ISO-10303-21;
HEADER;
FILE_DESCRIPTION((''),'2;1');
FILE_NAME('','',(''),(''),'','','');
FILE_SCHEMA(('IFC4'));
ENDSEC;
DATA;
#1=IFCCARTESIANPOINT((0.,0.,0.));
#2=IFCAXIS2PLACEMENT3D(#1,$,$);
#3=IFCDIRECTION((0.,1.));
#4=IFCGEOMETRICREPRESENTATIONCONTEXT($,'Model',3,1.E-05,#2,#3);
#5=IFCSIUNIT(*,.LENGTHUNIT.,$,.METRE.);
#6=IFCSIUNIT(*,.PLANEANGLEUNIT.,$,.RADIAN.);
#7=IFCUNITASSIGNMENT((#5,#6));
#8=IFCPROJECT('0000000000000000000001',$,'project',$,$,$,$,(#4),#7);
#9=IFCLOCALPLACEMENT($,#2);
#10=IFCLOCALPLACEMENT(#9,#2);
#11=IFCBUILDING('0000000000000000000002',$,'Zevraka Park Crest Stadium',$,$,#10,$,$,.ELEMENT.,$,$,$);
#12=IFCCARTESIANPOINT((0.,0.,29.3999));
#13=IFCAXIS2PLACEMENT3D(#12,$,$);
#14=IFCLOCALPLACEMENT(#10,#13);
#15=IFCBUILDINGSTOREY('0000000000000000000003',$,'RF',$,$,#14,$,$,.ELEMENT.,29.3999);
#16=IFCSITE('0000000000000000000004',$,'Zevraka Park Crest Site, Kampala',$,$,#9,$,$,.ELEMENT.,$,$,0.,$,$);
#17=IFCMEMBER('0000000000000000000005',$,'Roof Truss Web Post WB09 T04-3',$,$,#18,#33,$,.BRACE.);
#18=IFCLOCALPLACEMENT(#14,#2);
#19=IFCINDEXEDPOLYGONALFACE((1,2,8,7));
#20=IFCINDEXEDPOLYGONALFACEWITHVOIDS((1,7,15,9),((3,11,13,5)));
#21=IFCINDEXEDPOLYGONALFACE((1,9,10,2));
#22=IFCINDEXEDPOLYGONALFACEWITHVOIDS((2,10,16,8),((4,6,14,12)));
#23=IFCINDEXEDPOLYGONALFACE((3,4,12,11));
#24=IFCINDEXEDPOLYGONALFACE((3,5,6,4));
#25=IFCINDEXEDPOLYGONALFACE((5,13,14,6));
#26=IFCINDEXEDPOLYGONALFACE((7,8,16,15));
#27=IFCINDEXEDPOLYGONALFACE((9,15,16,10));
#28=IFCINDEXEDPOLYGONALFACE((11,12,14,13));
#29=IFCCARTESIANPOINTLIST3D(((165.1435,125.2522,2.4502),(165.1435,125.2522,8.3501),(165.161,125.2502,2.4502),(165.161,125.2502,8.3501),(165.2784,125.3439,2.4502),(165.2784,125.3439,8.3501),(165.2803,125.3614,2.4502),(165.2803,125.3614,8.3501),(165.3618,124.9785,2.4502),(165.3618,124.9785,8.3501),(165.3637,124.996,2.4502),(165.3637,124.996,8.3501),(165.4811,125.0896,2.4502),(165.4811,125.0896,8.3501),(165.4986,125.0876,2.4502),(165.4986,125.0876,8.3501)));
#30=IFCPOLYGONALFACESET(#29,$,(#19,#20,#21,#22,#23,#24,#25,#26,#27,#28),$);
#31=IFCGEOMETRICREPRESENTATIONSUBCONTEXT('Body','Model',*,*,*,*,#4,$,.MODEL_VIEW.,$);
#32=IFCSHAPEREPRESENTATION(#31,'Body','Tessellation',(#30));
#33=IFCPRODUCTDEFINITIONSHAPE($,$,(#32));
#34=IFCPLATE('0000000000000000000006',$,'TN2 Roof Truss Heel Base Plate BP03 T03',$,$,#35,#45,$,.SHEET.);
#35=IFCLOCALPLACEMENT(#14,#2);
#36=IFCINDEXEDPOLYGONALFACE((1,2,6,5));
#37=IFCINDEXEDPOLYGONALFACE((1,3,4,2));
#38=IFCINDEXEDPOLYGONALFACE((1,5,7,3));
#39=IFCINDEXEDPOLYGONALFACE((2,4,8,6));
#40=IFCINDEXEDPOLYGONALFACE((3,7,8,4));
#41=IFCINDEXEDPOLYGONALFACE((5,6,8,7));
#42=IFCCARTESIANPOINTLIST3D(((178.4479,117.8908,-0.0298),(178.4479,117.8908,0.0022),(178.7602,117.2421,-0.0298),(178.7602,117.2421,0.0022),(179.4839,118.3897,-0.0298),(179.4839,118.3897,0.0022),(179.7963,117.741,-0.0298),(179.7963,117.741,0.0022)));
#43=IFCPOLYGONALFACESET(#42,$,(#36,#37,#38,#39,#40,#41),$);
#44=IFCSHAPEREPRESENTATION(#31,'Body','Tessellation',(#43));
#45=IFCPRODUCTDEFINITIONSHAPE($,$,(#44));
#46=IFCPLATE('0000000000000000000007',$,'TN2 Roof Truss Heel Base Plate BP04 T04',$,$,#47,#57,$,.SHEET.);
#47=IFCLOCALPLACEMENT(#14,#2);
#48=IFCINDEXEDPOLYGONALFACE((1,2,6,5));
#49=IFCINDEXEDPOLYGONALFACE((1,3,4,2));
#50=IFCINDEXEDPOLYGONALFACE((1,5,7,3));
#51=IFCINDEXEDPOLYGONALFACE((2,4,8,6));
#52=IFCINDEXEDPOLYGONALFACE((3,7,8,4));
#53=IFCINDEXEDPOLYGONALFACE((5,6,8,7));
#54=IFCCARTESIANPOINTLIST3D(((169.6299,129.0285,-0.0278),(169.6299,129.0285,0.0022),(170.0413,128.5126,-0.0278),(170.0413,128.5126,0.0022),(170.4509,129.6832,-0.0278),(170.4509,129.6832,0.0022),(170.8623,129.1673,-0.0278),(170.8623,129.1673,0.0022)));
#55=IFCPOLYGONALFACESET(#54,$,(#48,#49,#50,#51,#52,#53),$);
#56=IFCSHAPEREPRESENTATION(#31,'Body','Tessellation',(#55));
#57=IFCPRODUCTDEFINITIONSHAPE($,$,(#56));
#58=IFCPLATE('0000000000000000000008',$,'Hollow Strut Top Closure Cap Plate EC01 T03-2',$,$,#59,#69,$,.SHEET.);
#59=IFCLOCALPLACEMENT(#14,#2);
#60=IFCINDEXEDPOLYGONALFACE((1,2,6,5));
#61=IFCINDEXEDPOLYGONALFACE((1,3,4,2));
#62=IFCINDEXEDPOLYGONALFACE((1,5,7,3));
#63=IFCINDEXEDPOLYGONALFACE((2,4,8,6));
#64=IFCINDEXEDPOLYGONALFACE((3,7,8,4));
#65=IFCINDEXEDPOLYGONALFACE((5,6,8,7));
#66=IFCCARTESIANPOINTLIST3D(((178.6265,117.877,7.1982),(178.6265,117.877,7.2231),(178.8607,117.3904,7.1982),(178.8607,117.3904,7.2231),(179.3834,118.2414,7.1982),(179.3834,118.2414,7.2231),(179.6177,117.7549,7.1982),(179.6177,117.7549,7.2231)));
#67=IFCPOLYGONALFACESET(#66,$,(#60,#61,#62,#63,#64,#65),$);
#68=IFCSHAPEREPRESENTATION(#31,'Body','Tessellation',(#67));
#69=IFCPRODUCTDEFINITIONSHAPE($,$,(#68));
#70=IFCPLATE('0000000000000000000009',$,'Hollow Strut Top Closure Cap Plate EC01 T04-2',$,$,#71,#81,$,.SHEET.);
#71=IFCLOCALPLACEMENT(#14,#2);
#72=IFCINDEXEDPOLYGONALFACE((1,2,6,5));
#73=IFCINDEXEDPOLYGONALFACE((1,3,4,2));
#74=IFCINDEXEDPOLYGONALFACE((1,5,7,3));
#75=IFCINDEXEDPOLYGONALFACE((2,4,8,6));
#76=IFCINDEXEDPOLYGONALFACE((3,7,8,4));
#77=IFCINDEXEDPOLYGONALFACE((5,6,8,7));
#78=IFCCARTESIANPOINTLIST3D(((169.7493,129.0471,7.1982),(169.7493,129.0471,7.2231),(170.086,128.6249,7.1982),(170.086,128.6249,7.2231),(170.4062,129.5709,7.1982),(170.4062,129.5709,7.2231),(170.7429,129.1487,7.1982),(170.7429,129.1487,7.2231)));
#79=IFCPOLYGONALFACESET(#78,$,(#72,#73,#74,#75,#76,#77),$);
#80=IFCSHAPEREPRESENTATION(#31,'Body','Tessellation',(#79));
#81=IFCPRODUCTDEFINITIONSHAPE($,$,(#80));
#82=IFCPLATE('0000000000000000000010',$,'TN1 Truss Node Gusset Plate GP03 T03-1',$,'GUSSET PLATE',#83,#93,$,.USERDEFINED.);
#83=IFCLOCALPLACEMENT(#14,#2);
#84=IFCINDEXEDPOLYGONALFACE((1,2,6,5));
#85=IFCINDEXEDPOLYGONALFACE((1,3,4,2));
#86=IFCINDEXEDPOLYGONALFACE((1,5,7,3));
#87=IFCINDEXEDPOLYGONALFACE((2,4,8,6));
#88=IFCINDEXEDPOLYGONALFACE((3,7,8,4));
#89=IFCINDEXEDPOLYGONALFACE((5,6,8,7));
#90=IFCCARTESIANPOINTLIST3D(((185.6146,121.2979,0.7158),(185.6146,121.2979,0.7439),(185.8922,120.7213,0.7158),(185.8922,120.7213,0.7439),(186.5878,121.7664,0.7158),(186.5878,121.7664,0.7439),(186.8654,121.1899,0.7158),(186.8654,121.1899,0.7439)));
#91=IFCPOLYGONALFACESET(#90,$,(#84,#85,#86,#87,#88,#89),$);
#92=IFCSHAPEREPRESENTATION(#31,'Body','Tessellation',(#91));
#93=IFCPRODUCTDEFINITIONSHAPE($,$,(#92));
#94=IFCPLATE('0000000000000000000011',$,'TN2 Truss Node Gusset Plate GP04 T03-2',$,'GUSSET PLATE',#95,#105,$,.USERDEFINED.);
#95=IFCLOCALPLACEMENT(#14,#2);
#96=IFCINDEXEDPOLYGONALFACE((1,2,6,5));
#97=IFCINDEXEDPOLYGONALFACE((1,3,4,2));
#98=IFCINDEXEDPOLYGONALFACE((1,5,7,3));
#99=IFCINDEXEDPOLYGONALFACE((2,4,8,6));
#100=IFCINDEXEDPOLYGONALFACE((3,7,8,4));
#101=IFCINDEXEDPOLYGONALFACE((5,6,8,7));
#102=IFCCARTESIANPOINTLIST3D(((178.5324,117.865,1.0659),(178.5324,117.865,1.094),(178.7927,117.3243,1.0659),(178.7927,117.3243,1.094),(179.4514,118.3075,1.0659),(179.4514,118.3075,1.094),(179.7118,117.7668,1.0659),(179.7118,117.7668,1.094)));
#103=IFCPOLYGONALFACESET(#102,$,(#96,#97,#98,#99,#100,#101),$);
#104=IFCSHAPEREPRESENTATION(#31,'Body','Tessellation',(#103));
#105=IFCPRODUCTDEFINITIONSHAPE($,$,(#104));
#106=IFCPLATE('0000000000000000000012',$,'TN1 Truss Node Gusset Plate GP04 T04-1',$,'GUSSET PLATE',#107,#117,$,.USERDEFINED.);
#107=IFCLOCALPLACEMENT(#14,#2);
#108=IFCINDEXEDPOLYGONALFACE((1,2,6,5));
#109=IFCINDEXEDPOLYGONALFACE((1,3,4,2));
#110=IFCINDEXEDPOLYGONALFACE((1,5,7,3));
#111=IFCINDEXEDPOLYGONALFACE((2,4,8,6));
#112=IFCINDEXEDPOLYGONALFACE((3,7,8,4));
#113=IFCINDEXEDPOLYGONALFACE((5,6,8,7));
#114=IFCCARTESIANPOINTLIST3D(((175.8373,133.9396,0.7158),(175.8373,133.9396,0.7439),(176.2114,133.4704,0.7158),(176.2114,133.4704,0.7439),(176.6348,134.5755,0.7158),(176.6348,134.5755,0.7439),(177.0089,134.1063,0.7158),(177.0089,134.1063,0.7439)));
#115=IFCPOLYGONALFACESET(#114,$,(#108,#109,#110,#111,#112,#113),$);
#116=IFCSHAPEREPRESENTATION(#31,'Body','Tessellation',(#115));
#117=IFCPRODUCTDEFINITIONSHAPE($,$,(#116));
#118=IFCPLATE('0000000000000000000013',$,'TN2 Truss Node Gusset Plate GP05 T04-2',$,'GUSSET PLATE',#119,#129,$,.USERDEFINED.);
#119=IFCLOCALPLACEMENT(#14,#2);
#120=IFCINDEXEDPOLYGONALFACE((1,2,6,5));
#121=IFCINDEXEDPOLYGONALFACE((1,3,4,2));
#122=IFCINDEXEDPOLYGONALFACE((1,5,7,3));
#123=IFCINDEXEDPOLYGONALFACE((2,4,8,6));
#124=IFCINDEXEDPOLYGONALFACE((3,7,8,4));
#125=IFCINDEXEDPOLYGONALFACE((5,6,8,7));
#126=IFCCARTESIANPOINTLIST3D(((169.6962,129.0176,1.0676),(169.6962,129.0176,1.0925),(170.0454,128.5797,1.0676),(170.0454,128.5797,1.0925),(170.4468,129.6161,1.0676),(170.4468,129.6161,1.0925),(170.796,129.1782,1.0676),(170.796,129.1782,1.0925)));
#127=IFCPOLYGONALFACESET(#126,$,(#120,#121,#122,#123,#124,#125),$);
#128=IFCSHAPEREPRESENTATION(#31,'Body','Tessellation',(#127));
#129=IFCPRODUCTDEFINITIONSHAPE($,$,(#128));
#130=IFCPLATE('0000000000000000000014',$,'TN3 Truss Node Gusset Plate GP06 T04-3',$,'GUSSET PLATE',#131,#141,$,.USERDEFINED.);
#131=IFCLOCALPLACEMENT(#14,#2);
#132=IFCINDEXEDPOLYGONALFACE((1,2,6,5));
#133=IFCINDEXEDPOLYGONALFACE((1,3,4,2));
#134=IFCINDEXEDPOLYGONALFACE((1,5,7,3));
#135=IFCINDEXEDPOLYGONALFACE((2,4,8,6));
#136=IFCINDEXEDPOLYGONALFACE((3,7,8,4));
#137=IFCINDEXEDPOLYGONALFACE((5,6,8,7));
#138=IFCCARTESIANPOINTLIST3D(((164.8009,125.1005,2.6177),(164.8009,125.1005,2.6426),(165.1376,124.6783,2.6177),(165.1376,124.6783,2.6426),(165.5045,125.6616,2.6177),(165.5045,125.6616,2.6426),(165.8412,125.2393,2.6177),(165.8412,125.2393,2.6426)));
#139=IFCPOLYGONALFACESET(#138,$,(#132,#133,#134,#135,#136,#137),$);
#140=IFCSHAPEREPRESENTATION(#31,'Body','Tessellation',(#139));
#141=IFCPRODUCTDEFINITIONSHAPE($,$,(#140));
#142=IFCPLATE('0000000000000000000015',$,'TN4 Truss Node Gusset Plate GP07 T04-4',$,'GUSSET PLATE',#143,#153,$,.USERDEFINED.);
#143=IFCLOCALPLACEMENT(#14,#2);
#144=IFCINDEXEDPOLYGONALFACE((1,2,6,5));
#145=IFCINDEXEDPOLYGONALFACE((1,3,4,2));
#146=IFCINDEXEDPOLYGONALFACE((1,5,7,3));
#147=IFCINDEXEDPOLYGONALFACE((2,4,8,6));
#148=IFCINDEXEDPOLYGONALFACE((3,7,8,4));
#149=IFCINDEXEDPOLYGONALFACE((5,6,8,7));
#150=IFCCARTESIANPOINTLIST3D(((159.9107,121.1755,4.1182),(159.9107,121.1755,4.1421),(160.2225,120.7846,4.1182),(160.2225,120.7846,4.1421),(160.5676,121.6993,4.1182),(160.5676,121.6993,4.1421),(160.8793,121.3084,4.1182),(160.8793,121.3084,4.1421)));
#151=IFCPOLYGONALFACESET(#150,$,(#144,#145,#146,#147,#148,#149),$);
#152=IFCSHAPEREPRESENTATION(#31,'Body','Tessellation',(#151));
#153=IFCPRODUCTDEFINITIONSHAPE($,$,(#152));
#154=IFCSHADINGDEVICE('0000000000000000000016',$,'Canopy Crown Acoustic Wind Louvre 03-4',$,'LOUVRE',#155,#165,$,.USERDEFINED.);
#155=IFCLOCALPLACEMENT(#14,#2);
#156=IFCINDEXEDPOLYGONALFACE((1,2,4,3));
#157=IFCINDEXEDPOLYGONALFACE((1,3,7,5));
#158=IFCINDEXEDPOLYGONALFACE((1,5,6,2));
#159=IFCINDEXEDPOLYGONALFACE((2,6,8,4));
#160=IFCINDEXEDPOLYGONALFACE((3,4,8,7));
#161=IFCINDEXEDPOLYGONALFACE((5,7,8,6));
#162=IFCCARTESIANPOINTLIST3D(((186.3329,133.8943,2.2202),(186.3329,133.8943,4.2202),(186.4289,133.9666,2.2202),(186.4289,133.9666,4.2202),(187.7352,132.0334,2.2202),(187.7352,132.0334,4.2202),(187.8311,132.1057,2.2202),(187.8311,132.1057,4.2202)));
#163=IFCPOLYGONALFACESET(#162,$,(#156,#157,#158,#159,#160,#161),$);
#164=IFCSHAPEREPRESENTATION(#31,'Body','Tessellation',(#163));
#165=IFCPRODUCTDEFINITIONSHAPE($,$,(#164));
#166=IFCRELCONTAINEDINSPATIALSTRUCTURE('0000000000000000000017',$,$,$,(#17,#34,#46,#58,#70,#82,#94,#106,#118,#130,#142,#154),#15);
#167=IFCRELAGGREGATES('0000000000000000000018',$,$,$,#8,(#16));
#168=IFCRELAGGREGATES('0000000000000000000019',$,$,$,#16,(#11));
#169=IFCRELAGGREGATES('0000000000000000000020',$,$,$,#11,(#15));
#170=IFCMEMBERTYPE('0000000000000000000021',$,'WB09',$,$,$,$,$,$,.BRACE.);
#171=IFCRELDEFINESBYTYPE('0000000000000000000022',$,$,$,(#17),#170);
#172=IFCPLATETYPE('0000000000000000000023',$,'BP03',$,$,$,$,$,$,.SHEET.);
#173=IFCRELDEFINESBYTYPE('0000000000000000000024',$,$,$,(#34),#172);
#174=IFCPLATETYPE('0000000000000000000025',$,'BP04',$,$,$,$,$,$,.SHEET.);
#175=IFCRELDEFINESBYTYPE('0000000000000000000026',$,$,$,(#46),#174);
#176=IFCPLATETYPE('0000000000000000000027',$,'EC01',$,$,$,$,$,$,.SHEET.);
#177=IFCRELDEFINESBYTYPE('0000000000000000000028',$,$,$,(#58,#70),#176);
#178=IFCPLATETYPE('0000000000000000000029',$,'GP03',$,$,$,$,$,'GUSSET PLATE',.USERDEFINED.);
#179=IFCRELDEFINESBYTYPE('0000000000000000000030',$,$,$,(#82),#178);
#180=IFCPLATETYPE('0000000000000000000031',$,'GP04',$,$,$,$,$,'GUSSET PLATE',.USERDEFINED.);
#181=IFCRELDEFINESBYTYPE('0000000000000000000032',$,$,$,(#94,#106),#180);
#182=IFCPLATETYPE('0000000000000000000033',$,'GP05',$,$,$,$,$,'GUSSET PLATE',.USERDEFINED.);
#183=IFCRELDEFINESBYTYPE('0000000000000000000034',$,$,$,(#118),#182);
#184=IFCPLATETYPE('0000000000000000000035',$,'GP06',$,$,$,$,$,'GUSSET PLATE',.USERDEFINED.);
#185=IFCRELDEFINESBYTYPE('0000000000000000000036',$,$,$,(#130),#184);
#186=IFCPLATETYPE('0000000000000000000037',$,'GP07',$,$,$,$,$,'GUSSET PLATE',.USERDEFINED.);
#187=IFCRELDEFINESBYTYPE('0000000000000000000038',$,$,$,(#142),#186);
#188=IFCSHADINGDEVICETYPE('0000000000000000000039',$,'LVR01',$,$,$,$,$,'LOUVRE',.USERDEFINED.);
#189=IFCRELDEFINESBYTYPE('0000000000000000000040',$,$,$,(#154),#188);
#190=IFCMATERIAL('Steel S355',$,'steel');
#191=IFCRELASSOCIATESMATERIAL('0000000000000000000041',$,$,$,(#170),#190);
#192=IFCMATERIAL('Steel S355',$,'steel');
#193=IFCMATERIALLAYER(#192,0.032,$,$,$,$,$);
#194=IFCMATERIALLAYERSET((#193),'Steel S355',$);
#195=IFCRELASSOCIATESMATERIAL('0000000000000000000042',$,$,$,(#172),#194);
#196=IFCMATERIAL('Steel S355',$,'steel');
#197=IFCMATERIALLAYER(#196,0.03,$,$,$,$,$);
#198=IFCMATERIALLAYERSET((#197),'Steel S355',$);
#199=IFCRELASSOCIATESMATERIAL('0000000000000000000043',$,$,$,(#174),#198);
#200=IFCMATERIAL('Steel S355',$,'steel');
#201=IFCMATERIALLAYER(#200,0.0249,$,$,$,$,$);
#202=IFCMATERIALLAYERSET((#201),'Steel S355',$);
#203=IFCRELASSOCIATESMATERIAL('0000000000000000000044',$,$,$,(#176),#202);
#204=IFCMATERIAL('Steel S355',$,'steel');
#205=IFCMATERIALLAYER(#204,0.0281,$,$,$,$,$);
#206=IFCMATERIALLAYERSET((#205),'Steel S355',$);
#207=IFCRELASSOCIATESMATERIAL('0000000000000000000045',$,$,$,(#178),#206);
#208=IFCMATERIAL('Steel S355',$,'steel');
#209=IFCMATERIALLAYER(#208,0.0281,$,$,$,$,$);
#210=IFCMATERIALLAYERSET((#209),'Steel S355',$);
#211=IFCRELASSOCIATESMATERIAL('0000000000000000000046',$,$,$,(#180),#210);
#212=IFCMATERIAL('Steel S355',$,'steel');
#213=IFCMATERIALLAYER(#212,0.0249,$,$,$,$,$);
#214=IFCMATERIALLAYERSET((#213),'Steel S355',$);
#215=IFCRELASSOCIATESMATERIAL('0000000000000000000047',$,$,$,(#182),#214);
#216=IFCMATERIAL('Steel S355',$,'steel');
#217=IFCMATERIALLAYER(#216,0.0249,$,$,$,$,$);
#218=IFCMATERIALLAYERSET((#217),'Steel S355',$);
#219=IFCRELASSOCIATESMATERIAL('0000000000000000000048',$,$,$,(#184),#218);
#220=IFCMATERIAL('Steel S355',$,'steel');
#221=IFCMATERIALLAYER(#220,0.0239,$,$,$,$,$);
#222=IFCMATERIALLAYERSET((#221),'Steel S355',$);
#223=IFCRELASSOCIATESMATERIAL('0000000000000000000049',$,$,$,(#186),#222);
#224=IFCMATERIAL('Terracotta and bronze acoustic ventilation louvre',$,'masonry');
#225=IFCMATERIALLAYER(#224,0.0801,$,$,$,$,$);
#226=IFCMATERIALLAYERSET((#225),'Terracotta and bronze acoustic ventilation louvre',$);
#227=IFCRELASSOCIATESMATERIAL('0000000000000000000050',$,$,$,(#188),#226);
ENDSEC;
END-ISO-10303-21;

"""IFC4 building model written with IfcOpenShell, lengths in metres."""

from ifc_helpers import new_model, si_unit, direction, frame, origin, origin_2d, place, context, subcontext, project, spatial, rectangle, hollow_rectangle, extrude, material, layer, layer_set, material_profile, profile_set, type_object, element, save


model = new_model("IFC4")

# Units and contexts
model_context = context("Model", 3, precision=1e-05, world=origin(), true_north=direction((0.0, 1.0)))
body_context = subcontext(model_context, "Body", "Model", "MODEL_VIEW")
ifc_project = project(units=[si_unit("LENGTHUNIT", "METRE"), si_unit("PLANEANGLEUNIT", "RADIAN")], contexts=[model_context])

# Site, building, storey
site_placement = place(None, origin())
site = spatial("IfcSite", under=ifc_project, at=site_placement, Name="Zevraka Park Crest Site, Kampala", CompositionType="ELEMENT", RefElevation=0.0)
building_placement = place(site_placement, origin())
building = spatial("IfcBuilding", under=site, at=building_placement, Name="Zevraka Park Crest Stadium", CompositionType="ELEMENT")
storey_placement = place(building_placement, frame((0.0, 0.0, 29.3999)))
storey = spatial("IfcBuildingStorey", under=building, at=storey_placement, Name="RF", CompositionType="ELEMENT", Elevation=29.3999)

# Member
ifc_material_1 = material(Name="Steel S355", Category="steel")
ifc_material_profile_1 = material_profile(ifc_material_1, hollow_rectangle(XDim=0.175, YDim=0.3501, WallThickness=0.0125, at=origin_2d()), Name="RHS 350x175x12.5")
ifc_profile_set_1 = profile_set([ifc_material_profile_1], Name="Steel S355")
member_type_1 = type_object("IfcMemberType", Name="WB09", PredefinedType="BRACE", material=ifc_profile_set_1)
member_1_placement = place(storey_placement, frame((165.321, 125.1699, 2.4502), z_axis=(0.0, 0.0, 1.0), x_axis=(0.781847, 0.62347, 0.0)))
element("IfcMember", 1, at=member_1_placement, inside=storey, type_object=member_type_1, Name="Roof Truss Web Post WB09 T04-3", PredefinedType="BRACE", context=body_context, shape_type="SweptSolid", body=[
    extrude(hollow_rectangle(XDim=0.175, YDim=0.3501, WallThickness=0.0125, at=origin_2d()), origin(), (0.0, 0.0, 1.0), 5.8999),
])

# Plates
ifc_material_2 = material(Name="Steel S355", Category="steel")
ifc_layer_1 = layer(ifc_material_2, 0.032)
ifc_layer_set_1 = layer_set([ifc_layer_1], Name="Steel S355")
plate_type_1 = type_object("IfcPlateType", Name="BP03", PredefinedType="SHEET", material=ifc_layer_set_1)
plate_1_placement = place(storey_placement, frame((179.1221, 117.8159, -0.0298), z_axis=(0.0, 0.0, 1.0), x_axis=(0.901001, 0.433816, 0.0)))
element("IfcPlate", 2, at=plate_1_placement, inside=storey, type_object=plate_type_1, Name="TN2 Roof Truss Heel Base Plate BP03 T03", PredefinedType="SHEET", context=body_context, shape_type="SweptSolid", body=[
    extrude(rectangle(XDim=1.1499, YDim=0.72, at=origin_2d()), origin(), (0.0, 0.0, 1.0), 0.032),
])
ifc_material_3 = material(Name="Steel S355", Category="steel")
ifc_layer_2 = layer(ifc_material_3, 0.03)
ifc_layer_set_2 = layer_set([ifc_layer_2], Name="Steel S355")
plate_type_2 = type_object("IfcPlateType", Name="BP04", PredefinedType="SHEET", material=ifc_layer_set_2)
plate_2_placement = place(storey_placement, frame((170.2461, 129.0979, -0.0278), z_axis=(0.0, 0.0, 1.0), x_axis=(0.781847, 0.62347, 0.0)))
element("IfcPlate", 3, at=plate_2_placement, inside=storey, type_object=plate_type_2, Name="TN2 Roof Truss Heel Base Plate BP04 T04", PredefinedType="SHEET", context=body_context, shape_type="SweptSolid", body=[
    extrude(rectangle(XDim=1.05, YDim=0.6599, at=origin_2d()), origin(), (0.0, 0.0, 1.0), 0.03),
])
ifc_material_4 = material(Name="Steel S355", Category="steel")
ifc_layer_3 = layer(ifc_material_4, 0.0249)
ifc_layer_set_3 = layer_set([ifc_layer_3], Name="Steel S355")
plate_type_3 = type_object("IfcPlateType", Name="EC01", PredefinedType="SHEET", material=ifc_layer_set_3)
for number, where, z_axis, x_axis, name in (
    (4, (179.1221, 117.8159, 7.1982), (0.0, 0.0, 1.0), (0.901001, 0.433816, 0.0), "Hollow Strut Top Closure Cap Plate EC01 T03-2"),
    (5, (170.2461, 129.0979, 7.1982), (0.0, 0.0, 1.0), (0.781847, 0.62347, 0.0), "Hollow Strut Top Closure Cap Plate EC01 T04-2"),
):
    element("IfcPlate", number, at=place(storey_placement, frame(where, z_axis=z_axis, x_axis=x_axis)), inside=storey, type_object=plate_type_3, Name=name, PredefinedType="SHEET", context=body_context, shape_type="SweptSolid", body=[
        extrude(rectangle(XDim=0.8401, YDim=0.54, at=origin_2d()), origin(), (0.0, 0.0, 1.0), 0.0249),
    ])
ifc_material_5 = material(Name="Steel S355", Category="steel")
ifc_layer_4 = layer(ifc_material_5, 0.0281)
ifc_layer_set_4 = layer_set([ifc_layer_4], Name="Steel S355")
plate_type_4 = type_object("IfcPlateType", Name="GP03", ElementType="GUSSET PLATE", PredefinedType="USERDEFINED", material=ifc_layer_set_4)
plate_3_placement = place(storey_placement, frame((186.24, 121.2439, 0.7158), z_axis=(0.0, 0.0, 1.0), x_axis=(0.901001, 0.433816, 0.0)))
element("IfcPlate", 6, at=plate_3_placement, inside=storey, type_object=plate_type_4, Name="TN1 Truss Node Gusset Plate GP03 T03-1", ObjectType="GUSSET PLATE", PredefinedType="USERDEFINED", context=body_context, shape_type="SweptSolid", body=[
    extrude(rectangle(XDim=1.0801, YDim=0.6399, at=origin_2d()), origin(), (0.0, 0.0, 1.0), 0.0281),
])
ifc_material_6 = material(Name="Steel S355", Category="steel")
ifc_layer_5 = layer(ifc_material_6, 0.0281)
ifc_layer_set_5 = layer_set([ifc_layer_5], Name="Steel S355")
plate_type_5 = type_object("IfcPlateType", Name="GP04", ElementType="GUSSET PLATE", PredefinedType="USERDEFINED", material=ifc_layer_set_5)
for number, where, z_axis, x_axis, name in (
    (7, (179.1221, 117.8159, 1.0659), (0.0, 0.0, 1.0), (0.901001, 0.433816, 0.0), "TN2 Truss Node Gusset Plate GP04 T03-2"),
    (8, (176.4231, 134.0229, 0.7158), (0.0, 0.0, 1.0), (0.781847, 0.62347, 0.0), "TN1 Truss Node Gusset Plate GP04 T04-1"),
):
    element("IfcPlate", number, at=place(storey_placement, frame(where, z_axis=z_axis, x_axis=x_axis)), inside=storey, type_object=plate_type_5, Name=name, ObjectType="GUSSET PLATE", PredefinedType="USERDEFINED", context=body_context, shape_type="SweptSolid", body=[
        extrude(rectangle(XDim=1.02, YDim=0.6001, at=origin_2d()), origin(), (0.0, 0.0, 1.0), 0.0281),
    ])
ifc_material_7 = material(Name="Steel S355", Category="steel")
ifc_layer_6 = layer(ifc_material_7, 0.0249)
ifc_layer_set_6 = layer_set([ifc_layer_6], Name="Steel S355")
plate_type_6 = type_object("IfcPlateType", Name="GP05", ElementType="GUSSET PLATE", PredefinedType="USERDEFINED", material=ifc_layer_set_6)
plate_4_placement = place(storey_placement, frame((170.2461, 129.0979, 1.0676), z_axis=(0.0, 0.0, 1.0), x_axis=(0.781847, 0.62347, 0.0)))
element("IfcPlate", 9, at=plate_4_placement, inside=storey, type_object=plate_type_6, Name="TN2 Truss Node Gusset Plate GP05 T04-2", ObjectType="GUSSET PLATE", PredefinedType="USERDEFINED", context=body_context, shape_type="SweptSolid", body=[
    extrude(rectangle(XDim=0.96, YDim=0.5601, at=origin_2d()), origin(), (0.0, 0.0, 1.0), 0.0249),
])
ifc_material_8 = material(Name="Steel S355", Category="steel")
ifc_layer_7 = layer(ifc_material_8, 0.0249)
ifc_layer_set_7 = layer_set([ifc_layer_7], Name="Steel S355")
plate_type_7 = type_object("IfcPlateType", Name="GP06", ElementType="GUSSET PLATE", PredefinedType="USERDEFINED", material=ifc_layer_set_7)
plate_5_placement = place(storey_placement, frame((165.321, 125.1699, 2.6177), z_axis=(0.0, 0.0, 1.0), x_axis=(0.781847, 0.62347, 0.0)))
element("IfcPlate", 10, at=plate_5_placement, inside=storey, type_object=plate_type_7, Name="TN3 Truss Node Gusset Plate GP06 T04-3", ObjectType="GUSSET PLATE", PredefinedType="USERDEFINED", context=body_context, shape_type="SweptSolid", body=[
    extrude(rectangle(XDim=0.8999, YDim=0.54, at=origin_2d()), origin(), (0.0, 0.0, 1.0), 0.0249),
])
ifc_material_9 = material(Name="Steel S355", Category="steel")
ifc_layer_8 = layer(ifc_material_9, 0.0239)
ifc_layer_set_8 = layer_set([ifc_layer_8], Name="Steel S355")
plate_type_8 = type_object("IfcPlateType", Name="GP07", ElementType="GUSSET PLATE", PredefinedType="USERDEFINED", material=ifc_layer_set_8)
plate_6_placement = place(storey_placement, frame((160.395, 121.2419, 4.1182), z_axis=(0.0, 0.0, 1.0), x_axis=(0.781847, 0.62347, 0.0)))
element("IfcPlate", 11, at=plate_6_placement, inside=storey, type_object=plate_type_8, Name="TN4 Truss Node Gusset Plate GP07 T04-4", ObjectType="GUSSET PLATE", PredefinedType="USERDEFINED", context=body_context, shape_type="SweptSolid", body=[
    extrude(rectangle(XDim=0.8401, YDim=0.5, at=origin_2d()), origin(), (0.0, 0.0, 1.0), 0.0239),
])

# Shading device
ifc_material_10 = material(Name="Terracotta and bronze acoustic ventilation louvre", Category="masonry")
ifc_layer_9 = layer(ifc_material_10, 0.0801)
ifc_layer_set_9 = layer_set([ifc_layer_9], Name="Terracotta and bronze acoustic ventilation louvre")
shading_device_type = type_object("IfcShadingDeviceType", Name="LVR01", ElementType="LOUVRE", PredefinedType="USERDEFINED", material=ifc_layer_set_9)
shading_device_placement = place(storey_placement, frame((187.082, 133.0, 2.2202), z_axis=(0.0, 0.0, 1.0), x_axis=(-0.601815, 0.798636, 0.0)))
element("IfcShadingDevice", 12, at=shading_device_placement, inside=storey, type_object=shading_device_type, Name="Canopy Crown Acoustic Wind Louvre 03-4", ObjectType="LOUVRE", PredefinedType="USERDEFINED", context=body_context, shape_type="SweptSolid", body=[
    extrude(rectangle(XDim=2.3301, YDim=0.1201, at=origin_2d()), origin(), (0.0, 0.0, 1.0), 2.0),
])

save(model, "model.ifc")
